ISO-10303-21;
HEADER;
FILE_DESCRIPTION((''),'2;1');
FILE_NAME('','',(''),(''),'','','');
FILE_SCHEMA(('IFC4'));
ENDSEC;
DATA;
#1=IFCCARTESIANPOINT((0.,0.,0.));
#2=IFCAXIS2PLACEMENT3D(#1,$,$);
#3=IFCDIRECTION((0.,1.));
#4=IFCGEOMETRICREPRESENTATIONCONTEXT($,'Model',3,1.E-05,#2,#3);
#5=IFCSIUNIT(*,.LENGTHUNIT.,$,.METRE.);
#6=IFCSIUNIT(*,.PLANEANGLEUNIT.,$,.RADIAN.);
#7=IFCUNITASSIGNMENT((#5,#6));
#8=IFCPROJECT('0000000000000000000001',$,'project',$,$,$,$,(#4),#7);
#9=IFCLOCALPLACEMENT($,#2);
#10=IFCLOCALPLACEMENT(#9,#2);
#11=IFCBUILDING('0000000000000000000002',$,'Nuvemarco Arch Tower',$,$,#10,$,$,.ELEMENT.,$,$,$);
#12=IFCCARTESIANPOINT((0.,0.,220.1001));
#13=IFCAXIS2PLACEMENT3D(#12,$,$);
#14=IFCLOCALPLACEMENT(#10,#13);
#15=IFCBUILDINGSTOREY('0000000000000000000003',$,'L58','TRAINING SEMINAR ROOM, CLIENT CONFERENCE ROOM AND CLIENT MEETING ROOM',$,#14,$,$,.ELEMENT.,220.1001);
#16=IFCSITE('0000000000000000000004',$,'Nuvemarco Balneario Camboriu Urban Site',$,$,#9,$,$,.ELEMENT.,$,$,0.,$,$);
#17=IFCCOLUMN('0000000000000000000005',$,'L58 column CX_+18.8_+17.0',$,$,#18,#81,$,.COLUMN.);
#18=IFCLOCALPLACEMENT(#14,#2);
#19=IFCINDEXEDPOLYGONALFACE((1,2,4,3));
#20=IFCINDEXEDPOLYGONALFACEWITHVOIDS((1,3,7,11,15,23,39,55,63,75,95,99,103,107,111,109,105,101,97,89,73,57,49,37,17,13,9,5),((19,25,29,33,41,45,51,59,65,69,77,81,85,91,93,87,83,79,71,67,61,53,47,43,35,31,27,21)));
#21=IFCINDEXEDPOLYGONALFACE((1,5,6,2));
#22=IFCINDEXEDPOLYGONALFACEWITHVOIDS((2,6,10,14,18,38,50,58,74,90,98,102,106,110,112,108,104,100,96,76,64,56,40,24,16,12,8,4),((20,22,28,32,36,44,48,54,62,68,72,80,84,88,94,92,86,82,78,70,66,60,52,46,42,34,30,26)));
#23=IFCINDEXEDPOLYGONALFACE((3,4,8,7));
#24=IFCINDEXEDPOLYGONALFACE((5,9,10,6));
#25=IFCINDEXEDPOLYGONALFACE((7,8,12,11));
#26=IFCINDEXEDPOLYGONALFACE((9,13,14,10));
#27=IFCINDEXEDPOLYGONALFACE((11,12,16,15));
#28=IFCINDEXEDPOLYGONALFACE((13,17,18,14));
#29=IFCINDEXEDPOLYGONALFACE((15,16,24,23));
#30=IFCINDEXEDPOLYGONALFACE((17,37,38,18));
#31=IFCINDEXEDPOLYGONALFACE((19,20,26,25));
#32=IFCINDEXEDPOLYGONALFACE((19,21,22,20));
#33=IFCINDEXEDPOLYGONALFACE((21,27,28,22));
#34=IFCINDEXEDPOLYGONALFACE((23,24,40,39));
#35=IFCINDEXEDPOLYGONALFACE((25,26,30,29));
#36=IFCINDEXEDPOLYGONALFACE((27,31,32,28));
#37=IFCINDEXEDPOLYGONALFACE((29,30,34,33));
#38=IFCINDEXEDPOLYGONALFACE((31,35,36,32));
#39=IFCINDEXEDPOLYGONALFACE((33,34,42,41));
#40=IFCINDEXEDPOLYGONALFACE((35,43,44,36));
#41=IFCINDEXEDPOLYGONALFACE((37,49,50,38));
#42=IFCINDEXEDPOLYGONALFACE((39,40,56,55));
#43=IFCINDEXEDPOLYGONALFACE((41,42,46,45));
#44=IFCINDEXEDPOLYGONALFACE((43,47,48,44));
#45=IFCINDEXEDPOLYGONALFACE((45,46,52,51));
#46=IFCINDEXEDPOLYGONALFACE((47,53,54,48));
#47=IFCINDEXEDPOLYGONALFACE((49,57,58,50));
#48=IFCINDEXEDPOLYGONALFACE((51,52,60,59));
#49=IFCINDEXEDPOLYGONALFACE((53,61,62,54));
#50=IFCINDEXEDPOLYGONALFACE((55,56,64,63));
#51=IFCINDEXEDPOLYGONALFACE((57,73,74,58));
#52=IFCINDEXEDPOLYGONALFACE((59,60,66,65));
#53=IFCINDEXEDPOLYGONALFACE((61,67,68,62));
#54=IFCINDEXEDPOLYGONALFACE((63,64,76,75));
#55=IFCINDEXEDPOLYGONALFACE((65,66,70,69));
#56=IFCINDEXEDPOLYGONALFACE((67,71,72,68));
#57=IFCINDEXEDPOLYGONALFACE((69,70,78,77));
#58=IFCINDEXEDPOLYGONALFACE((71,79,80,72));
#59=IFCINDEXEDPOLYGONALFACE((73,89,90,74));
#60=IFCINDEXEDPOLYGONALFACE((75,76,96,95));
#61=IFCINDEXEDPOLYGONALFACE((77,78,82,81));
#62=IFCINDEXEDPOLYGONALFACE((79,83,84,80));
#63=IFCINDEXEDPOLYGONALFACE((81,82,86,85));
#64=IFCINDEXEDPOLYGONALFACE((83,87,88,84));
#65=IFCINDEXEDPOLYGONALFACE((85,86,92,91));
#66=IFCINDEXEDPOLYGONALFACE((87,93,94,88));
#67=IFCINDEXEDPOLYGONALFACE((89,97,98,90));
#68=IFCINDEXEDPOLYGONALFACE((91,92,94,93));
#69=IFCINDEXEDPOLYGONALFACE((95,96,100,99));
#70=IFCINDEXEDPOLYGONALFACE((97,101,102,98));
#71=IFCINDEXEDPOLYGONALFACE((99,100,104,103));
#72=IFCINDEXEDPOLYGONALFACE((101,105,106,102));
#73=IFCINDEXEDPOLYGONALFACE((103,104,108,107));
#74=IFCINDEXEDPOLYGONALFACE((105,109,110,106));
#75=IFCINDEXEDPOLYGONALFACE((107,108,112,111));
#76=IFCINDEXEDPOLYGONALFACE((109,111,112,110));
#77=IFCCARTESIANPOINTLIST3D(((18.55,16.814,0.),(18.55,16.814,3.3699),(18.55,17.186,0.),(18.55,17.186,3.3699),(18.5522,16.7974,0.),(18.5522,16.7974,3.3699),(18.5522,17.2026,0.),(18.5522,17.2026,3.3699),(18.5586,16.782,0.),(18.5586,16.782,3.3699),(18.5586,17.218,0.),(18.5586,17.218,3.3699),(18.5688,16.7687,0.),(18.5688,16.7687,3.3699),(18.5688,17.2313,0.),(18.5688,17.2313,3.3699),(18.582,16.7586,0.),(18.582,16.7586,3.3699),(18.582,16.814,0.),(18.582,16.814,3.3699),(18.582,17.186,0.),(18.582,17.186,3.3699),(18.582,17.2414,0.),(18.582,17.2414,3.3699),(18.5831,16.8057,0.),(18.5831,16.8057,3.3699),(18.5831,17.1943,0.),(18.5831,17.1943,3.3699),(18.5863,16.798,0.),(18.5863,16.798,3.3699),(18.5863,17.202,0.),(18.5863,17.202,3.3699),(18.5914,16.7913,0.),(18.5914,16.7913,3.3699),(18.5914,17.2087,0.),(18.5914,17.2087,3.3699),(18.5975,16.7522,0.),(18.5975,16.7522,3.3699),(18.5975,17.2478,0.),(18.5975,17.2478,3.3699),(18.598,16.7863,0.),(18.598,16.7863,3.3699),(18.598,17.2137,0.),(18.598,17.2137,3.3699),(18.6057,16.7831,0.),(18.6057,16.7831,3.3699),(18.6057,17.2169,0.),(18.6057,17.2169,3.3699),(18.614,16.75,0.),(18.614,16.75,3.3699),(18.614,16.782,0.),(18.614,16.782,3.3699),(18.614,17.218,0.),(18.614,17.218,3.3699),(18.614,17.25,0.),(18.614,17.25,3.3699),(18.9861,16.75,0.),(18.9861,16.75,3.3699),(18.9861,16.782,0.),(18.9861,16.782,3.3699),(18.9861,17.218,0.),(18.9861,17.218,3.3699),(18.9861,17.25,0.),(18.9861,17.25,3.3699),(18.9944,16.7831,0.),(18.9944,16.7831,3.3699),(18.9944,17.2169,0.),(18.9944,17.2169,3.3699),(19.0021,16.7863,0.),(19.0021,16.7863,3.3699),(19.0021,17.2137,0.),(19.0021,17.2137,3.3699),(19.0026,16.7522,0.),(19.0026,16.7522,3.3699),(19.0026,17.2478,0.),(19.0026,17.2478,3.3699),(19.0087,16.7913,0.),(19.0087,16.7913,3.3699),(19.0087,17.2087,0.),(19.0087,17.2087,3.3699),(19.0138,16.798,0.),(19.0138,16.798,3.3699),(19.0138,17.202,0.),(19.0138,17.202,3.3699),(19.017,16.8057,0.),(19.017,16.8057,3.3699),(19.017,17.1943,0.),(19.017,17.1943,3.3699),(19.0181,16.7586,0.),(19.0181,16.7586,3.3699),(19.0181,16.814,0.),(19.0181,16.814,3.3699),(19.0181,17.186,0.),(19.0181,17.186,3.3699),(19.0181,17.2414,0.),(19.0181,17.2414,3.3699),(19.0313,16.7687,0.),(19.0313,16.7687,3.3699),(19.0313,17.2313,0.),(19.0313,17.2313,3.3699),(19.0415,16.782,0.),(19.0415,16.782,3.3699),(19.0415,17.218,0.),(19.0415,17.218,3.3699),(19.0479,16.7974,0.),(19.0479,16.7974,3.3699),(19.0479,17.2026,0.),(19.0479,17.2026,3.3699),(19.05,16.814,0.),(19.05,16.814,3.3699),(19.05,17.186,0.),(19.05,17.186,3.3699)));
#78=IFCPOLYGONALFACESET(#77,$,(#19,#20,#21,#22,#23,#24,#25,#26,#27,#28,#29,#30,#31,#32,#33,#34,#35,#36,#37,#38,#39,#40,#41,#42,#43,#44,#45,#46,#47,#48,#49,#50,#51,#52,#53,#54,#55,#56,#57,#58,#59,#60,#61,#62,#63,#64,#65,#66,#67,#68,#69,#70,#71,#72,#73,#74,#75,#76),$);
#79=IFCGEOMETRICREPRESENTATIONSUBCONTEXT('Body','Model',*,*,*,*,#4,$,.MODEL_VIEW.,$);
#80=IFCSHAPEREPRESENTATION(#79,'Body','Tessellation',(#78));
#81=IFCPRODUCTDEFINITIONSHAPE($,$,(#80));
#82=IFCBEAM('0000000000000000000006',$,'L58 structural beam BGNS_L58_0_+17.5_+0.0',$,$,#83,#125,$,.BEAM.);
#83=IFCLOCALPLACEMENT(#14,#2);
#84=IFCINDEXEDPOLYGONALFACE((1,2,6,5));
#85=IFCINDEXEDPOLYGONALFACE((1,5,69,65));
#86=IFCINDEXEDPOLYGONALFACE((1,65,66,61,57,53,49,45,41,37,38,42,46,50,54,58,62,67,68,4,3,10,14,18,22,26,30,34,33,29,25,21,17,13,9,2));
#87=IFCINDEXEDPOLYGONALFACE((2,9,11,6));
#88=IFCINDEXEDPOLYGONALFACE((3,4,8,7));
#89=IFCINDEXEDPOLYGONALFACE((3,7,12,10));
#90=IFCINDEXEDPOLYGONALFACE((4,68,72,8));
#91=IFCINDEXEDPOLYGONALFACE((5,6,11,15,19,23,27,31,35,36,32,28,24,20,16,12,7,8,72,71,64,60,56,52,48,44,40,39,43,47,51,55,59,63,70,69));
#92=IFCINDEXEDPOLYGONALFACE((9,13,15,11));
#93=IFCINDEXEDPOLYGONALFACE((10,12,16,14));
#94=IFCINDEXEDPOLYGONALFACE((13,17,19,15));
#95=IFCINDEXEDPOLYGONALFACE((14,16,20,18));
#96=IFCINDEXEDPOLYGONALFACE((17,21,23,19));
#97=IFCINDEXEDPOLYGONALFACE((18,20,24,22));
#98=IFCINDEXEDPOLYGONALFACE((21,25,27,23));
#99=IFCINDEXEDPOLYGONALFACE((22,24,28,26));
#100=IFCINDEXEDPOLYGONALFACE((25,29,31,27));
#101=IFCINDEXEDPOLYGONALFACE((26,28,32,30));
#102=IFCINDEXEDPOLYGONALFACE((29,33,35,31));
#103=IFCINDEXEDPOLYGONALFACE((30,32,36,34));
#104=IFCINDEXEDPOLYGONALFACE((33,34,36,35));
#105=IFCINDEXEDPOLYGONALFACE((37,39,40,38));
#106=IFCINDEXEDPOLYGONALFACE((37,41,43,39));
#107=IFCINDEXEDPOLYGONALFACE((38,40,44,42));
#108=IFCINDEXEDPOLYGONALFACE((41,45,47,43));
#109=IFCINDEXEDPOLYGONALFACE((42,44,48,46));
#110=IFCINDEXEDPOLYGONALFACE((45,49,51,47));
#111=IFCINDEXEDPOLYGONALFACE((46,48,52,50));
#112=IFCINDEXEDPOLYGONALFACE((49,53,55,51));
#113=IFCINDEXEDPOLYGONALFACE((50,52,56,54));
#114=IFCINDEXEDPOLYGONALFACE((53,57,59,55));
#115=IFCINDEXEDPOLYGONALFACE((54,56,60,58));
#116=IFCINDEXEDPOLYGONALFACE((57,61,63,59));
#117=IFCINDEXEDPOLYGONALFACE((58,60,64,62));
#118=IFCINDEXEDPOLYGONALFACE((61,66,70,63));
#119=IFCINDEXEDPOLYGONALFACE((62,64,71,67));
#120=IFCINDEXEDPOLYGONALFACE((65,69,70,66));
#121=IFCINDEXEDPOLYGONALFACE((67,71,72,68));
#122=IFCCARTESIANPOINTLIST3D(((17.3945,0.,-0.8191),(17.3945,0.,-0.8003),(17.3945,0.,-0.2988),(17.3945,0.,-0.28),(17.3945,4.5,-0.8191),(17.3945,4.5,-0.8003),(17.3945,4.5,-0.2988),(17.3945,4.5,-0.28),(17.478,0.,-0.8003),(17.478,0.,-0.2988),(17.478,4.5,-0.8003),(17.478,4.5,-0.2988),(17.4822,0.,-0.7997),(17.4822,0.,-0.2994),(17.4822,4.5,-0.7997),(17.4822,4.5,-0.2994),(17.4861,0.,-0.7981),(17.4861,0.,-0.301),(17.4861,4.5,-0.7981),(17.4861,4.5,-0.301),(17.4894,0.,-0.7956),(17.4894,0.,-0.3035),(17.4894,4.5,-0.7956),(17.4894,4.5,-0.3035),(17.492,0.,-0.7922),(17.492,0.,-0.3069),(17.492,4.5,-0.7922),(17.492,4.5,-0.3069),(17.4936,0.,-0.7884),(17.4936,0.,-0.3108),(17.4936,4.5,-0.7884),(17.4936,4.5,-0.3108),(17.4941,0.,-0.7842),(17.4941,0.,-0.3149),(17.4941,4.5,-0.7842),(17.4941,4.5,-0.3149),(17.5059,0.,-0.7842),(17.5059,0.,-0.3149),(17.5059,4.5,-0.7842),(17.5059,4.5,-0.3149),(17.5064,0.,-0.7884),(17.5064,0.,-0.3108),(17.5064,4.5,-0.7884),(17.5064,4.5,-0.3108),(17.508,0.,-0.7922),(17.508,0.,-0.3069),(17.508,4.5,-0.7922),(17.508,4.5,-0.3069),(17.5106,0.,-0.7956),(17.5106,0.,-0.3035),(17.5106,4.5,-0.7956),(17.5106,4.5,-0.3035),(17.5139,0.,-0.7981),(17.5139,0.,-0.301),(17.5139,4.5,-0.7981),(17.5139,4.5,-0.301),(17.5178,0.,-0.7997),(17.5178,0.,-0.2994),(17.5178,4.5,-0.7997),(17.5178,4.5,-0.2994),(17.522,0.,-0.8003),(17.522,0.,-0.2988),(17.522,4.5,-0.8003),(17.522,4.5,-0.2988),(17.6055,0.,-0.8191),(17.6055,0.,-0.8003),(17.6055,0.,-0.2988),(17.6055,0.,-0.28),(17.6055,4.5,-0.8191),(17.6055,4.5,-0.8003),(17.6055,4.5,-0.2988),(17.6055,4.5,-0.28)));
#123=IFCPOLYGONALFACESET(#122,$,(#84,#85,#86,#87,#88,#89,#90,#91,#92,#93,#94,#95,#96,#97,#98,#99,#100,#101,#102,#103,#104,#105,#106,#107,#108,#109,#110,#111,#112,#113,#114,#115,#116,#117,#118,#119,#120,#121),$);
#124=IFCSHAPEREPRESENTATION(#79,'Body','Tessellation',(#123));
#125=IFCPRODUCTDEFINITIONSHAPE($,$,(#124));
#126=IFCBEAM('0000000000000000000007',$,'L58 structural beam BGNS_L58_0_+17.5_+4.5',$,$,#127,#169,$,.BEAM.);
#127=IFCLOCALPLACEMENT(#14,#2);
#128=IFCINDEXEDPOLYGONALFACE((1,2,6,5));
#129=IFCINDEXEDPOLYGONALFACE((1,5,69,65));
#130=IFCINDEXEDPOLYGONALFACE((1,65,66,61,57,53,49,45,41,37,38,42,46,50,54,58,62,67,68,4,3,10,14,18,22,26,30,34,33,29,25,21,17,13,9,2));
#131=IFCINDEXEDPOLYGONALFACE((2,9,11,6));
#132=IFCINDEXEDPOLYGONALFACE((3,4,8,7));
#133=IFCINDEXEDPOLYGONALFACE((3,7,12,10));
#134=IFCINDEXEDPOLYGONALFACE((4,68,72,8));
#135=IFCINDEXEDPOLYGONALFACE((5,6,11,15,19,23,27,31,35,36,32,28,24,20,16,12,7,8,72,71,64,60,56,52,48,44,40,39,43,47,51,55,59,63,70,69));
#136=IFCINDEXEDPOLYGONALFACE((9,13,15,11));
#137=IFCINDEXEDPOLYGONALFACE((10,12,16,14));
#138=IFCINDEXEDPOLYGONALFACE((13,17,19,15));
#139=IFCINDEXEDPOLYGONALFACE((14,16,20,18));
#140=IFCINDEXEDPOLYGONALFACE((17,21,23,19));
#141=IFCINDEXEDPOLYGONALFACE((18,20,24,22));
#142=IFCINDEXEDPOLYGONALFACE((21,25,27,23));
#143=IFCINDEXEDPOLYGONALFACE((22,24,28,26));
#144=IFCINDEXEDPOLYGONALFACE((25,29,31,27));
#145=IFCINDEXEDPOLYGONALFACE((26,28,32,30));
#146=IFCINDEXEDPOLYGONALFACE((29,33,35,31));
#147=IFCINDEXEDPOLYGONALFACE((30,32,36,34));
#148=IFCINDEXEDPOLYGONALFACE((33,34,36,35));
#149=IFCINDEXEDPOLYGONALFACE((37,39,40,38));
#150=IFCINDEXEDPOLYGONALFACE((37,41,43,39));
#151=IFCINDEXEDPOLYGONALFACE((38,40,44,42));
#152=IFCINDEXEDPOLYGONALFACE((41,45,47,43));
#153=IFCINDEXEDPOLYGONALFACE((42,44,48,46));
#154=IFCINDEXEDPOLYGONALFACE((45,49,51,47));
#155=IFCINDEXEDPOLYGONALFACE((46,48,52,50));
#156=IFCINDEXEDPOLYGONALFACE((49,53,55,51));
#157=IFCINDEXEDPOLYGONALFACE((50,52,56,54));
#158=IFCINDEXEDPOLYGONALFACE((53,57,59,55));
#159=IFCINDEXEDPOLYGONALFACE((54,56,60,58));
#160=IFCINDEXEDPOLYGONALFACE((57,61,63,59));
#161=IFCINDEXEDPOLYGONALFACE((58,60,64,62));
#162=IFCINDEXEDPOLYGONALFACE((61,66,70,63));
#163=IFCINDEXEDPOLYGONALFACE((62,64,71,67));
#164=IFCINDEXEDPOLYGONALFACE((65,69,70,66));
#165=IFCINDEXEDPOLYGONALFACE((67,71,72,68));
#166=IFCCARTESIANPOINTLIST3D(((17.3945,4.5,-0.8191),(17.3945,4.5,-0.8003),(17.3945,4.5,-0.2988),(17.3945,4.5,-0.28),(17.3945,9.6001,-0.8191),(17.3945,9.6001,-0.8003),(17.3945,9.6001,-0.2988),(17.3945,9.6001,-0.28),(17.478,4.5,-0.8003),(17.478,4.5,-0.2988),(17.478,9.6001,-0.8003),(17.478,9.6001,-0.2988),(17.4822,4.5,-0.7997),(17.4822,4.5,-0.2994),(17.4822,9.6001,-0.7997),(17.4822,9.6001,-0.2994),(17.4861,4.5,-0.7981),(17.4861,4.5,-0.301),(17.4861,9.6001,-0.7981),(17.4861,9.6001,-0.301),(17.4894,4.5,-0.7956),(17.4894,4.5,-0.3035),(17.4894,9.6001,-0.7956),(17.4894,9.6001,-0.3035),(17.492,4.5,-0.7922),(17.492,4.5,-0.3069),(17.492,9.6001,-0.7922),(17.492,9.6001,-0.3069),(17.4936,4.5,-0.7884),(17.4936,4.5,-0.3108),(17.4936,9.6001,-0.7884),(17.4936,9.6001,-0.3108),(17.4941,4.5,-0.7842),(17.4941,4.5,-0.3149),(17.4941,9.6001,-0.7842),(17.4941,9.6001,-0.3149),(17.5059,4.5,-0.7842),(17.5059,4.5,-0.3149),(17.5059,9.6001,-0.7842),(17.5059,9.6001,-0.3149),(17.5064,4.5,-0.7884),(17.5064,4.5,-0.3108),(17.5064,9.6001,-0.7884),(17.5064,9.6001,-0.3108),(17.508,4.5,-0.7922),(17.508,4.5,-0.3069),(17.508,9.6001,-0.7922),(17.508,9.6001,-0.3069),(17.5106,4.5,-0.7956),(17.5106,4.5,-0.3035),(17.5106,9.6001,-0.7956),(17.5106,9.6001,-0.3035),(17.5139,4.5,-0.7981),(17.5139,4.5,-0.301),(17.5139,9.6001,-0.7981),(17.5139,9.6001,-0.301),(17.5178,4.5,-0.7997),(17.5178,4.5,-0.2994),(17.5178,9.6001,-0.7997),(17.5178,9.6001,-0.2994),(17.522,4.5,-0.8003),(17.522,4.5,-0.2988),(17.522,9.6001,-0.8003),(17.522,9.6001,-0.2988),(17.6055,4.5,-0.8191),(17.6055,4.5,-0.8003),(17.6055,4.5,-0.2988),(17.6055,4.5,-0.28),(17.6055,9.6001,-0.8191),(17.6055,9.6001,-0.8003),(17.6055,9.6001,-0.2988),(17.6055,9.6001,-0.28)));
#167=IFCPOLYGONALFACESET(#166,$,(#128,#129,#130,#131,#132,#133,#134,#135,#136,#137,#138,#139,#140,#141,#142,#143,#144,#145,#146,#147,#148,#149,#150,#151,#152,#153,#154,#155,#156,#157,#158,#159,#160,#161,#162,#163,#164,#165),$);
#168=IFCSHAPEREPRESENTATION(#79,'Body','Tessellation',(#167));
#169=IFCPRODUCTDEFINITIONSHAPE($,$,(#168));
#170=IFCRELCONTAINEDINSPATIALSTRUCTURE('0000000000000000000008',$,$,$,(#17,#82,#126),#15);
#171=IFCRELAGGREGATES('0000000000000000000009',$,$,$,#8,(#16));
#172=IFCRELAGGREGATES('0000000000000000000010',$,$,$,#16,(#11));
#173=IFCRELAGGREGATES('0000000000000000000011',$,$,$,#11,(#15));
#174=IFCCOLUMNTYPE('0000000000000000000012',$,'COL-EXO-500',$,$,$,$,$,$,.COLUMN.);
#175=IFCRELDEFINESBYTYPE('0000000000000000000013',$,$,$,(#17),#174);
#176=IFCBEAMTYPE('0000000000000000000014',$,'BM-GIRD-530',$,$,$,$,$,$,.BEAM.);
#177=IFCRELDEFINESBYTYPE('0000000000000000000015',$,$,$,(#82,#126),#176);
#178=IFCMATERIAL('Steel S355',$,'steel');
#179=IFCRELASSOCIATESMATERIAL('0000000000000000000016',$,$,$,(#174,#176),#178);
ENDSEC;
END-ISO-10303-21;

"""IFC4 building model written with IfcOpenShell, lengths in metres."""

from ifc_helpers import new_model, si_unit, direction, frame, origin, origin_2d, place, context, subcontext, project, spatial, hollow_rectangle, i_section, extrude, material, material_profile, profile_set, type_object, element, save


model = new_model("IFC4")

# Units and contexts
model_context = context("Model", 3, precision=1e-05, world=origin(), true_north=direction((0.0, 1.0)))
body_context = subcontext(model_context, "Body", "Model", "MODEL_VIEW")
ifc_project = project(units=[si_unit("LENGTHUNIT", "METRE"), si_unit("PLANEANGLEUNIT", "RADIAN")], contexts=[model_context])

# Site, building, storey
site_placement = place(None, origin())
site = spatial("IfcSite", under=ifc_project, at=site_placement, Name="Nuvemarco Balneario Camboriu Urban Site", CompositionType="ELEMENT", RefElevation=0.0)
building_placement = place(site_placement, origin())
building = spatial("IfcBuilding", under=site, at=building_placement, Name="Nuvemarco Arch Tower", CompositionType="ELEMENT")
storey_placement = place(building_placement, frame((0.0, 0.0, 220.1001)))
storey = spatial("IfcBuildingStorey", under=building, at=storey_placement, Name="L58", Description="TRAINING SEMINAR ROOM, CLIENT CONFERENCE ROOM AND CLIENT MEETING ROOM", CompositionType="ELEMENT", Elevation=220.1001)

# Column
ifc_material_1 = material(Name="Steel S355", Category="steel")
ifc_material_profile_1 = material_profile(ifc_material_1, hollow_rectangle(XDim=0.5, YDim=0.5, WallThickness=0.032, InnerFilletRadius=0.032, OuterFilletRadius=0.064, at=origin_2d()), Name="SHS500x500x32")
ifc_profile_set_1 = profile_set([ifc_material_profile_1], Name="Steel S355")
column_type_1 = type_object("IfcColumnType", Name="COL-EXO-500", PredefinedType="COLUMN", material=ifc_profile_set_1)
for number, where, z_axis, x_axis, name in (
    (1, (18.8, 17.0, 0.0), (0.0, 0.0, 1.0), (1.0, 0.0, 0.0), "L58 column CX_+18.8_+17.0"),
):
    element("IfcColumn", number, at=place(storey_placement, frame(where, z_axis=z_axis, x_axis=x_axis)), inside=storey, type_object=column_type_1, Name=name, PredefinedType="COLUMN", context=body_context, shape_type="SweptSolid", body=[
        extrude(hollow_rectangle(XDim=0.5, YDim=0.5, WallThickness=0.032, InnerFilletRadius=0.032, OuterFilletRadius=0.064, at=origin_2d()), origin(), (0.0, 0.0, 1.0), 3.3699),
    ])

# Beams
ifc_material_profile_2 = material_profile(ifc_material_1, i_section(OverallWidth=0.2109, OverallDepth=0.5391, WebThickness=0.0117, FlangeThickness=0.0188, FilletRadius=0.0161, at=origin_2d()), Name="W530x109")
ifc_profile_set_2 = profile_set([ifc_material_profile_2], Name="Steel S355")
beam_type_1 = type_object("IfcBeamType", Name="BM-GIRD-530", PredefinedType="BEAM", material=ifc_profile_set_2)
beam_1_placement = place(storey_placement, frame((17.5, 0.0, -0.5496), z_axis=(0.0, 1.0, 0.0), x_axis=(-1.0, 0.0, 0.0)))
element("IfcBeam", 2, at=beam_1_placement, inside=storey, type_object=beam_type_1, Name="L58 structural beam BGNS_L58_0_+17.5_+0.0", PredefinedType="BEAM", context=body_context, shape_type="SweptSolid", body=[
    extrude(i_section(OverallWidth=0.2109, OverallDepth=0.5391, WebThickness=0.0117, FlangeThickness=0.0188, FilletRadius=0.0161, at=origin_2d()), origin(), (0.0, 0.0, 1.0), 4.5),
])
beam_2_placement = place(storey_placement, frame((17.5, 4.5, -0.5496), z_axis=(0.0, 1.0, 0.0), x_axis=(-1.0, 0.0, 0.0)))
element("IfcBeam", 3, at=beam_2_placement, inside=storey, type_object=beam_type_1, Name="L58 structural beam BGNS_L58_0_+17.5_+4.5", PredefinedType="BEAM", context=body_context, shape_type="SweptSolid", body=[
    extrude(i_section(OverallWidth=0.2109, OverallDepth=0.5391, WebThickness=0.0117, FlangeThickness=0.0188, FilletRadius=0.0161, at=origin_2d()), origin(), (0.0, 0.0, 1.0), 5.1001),
])

save(model, "model.ifc")
